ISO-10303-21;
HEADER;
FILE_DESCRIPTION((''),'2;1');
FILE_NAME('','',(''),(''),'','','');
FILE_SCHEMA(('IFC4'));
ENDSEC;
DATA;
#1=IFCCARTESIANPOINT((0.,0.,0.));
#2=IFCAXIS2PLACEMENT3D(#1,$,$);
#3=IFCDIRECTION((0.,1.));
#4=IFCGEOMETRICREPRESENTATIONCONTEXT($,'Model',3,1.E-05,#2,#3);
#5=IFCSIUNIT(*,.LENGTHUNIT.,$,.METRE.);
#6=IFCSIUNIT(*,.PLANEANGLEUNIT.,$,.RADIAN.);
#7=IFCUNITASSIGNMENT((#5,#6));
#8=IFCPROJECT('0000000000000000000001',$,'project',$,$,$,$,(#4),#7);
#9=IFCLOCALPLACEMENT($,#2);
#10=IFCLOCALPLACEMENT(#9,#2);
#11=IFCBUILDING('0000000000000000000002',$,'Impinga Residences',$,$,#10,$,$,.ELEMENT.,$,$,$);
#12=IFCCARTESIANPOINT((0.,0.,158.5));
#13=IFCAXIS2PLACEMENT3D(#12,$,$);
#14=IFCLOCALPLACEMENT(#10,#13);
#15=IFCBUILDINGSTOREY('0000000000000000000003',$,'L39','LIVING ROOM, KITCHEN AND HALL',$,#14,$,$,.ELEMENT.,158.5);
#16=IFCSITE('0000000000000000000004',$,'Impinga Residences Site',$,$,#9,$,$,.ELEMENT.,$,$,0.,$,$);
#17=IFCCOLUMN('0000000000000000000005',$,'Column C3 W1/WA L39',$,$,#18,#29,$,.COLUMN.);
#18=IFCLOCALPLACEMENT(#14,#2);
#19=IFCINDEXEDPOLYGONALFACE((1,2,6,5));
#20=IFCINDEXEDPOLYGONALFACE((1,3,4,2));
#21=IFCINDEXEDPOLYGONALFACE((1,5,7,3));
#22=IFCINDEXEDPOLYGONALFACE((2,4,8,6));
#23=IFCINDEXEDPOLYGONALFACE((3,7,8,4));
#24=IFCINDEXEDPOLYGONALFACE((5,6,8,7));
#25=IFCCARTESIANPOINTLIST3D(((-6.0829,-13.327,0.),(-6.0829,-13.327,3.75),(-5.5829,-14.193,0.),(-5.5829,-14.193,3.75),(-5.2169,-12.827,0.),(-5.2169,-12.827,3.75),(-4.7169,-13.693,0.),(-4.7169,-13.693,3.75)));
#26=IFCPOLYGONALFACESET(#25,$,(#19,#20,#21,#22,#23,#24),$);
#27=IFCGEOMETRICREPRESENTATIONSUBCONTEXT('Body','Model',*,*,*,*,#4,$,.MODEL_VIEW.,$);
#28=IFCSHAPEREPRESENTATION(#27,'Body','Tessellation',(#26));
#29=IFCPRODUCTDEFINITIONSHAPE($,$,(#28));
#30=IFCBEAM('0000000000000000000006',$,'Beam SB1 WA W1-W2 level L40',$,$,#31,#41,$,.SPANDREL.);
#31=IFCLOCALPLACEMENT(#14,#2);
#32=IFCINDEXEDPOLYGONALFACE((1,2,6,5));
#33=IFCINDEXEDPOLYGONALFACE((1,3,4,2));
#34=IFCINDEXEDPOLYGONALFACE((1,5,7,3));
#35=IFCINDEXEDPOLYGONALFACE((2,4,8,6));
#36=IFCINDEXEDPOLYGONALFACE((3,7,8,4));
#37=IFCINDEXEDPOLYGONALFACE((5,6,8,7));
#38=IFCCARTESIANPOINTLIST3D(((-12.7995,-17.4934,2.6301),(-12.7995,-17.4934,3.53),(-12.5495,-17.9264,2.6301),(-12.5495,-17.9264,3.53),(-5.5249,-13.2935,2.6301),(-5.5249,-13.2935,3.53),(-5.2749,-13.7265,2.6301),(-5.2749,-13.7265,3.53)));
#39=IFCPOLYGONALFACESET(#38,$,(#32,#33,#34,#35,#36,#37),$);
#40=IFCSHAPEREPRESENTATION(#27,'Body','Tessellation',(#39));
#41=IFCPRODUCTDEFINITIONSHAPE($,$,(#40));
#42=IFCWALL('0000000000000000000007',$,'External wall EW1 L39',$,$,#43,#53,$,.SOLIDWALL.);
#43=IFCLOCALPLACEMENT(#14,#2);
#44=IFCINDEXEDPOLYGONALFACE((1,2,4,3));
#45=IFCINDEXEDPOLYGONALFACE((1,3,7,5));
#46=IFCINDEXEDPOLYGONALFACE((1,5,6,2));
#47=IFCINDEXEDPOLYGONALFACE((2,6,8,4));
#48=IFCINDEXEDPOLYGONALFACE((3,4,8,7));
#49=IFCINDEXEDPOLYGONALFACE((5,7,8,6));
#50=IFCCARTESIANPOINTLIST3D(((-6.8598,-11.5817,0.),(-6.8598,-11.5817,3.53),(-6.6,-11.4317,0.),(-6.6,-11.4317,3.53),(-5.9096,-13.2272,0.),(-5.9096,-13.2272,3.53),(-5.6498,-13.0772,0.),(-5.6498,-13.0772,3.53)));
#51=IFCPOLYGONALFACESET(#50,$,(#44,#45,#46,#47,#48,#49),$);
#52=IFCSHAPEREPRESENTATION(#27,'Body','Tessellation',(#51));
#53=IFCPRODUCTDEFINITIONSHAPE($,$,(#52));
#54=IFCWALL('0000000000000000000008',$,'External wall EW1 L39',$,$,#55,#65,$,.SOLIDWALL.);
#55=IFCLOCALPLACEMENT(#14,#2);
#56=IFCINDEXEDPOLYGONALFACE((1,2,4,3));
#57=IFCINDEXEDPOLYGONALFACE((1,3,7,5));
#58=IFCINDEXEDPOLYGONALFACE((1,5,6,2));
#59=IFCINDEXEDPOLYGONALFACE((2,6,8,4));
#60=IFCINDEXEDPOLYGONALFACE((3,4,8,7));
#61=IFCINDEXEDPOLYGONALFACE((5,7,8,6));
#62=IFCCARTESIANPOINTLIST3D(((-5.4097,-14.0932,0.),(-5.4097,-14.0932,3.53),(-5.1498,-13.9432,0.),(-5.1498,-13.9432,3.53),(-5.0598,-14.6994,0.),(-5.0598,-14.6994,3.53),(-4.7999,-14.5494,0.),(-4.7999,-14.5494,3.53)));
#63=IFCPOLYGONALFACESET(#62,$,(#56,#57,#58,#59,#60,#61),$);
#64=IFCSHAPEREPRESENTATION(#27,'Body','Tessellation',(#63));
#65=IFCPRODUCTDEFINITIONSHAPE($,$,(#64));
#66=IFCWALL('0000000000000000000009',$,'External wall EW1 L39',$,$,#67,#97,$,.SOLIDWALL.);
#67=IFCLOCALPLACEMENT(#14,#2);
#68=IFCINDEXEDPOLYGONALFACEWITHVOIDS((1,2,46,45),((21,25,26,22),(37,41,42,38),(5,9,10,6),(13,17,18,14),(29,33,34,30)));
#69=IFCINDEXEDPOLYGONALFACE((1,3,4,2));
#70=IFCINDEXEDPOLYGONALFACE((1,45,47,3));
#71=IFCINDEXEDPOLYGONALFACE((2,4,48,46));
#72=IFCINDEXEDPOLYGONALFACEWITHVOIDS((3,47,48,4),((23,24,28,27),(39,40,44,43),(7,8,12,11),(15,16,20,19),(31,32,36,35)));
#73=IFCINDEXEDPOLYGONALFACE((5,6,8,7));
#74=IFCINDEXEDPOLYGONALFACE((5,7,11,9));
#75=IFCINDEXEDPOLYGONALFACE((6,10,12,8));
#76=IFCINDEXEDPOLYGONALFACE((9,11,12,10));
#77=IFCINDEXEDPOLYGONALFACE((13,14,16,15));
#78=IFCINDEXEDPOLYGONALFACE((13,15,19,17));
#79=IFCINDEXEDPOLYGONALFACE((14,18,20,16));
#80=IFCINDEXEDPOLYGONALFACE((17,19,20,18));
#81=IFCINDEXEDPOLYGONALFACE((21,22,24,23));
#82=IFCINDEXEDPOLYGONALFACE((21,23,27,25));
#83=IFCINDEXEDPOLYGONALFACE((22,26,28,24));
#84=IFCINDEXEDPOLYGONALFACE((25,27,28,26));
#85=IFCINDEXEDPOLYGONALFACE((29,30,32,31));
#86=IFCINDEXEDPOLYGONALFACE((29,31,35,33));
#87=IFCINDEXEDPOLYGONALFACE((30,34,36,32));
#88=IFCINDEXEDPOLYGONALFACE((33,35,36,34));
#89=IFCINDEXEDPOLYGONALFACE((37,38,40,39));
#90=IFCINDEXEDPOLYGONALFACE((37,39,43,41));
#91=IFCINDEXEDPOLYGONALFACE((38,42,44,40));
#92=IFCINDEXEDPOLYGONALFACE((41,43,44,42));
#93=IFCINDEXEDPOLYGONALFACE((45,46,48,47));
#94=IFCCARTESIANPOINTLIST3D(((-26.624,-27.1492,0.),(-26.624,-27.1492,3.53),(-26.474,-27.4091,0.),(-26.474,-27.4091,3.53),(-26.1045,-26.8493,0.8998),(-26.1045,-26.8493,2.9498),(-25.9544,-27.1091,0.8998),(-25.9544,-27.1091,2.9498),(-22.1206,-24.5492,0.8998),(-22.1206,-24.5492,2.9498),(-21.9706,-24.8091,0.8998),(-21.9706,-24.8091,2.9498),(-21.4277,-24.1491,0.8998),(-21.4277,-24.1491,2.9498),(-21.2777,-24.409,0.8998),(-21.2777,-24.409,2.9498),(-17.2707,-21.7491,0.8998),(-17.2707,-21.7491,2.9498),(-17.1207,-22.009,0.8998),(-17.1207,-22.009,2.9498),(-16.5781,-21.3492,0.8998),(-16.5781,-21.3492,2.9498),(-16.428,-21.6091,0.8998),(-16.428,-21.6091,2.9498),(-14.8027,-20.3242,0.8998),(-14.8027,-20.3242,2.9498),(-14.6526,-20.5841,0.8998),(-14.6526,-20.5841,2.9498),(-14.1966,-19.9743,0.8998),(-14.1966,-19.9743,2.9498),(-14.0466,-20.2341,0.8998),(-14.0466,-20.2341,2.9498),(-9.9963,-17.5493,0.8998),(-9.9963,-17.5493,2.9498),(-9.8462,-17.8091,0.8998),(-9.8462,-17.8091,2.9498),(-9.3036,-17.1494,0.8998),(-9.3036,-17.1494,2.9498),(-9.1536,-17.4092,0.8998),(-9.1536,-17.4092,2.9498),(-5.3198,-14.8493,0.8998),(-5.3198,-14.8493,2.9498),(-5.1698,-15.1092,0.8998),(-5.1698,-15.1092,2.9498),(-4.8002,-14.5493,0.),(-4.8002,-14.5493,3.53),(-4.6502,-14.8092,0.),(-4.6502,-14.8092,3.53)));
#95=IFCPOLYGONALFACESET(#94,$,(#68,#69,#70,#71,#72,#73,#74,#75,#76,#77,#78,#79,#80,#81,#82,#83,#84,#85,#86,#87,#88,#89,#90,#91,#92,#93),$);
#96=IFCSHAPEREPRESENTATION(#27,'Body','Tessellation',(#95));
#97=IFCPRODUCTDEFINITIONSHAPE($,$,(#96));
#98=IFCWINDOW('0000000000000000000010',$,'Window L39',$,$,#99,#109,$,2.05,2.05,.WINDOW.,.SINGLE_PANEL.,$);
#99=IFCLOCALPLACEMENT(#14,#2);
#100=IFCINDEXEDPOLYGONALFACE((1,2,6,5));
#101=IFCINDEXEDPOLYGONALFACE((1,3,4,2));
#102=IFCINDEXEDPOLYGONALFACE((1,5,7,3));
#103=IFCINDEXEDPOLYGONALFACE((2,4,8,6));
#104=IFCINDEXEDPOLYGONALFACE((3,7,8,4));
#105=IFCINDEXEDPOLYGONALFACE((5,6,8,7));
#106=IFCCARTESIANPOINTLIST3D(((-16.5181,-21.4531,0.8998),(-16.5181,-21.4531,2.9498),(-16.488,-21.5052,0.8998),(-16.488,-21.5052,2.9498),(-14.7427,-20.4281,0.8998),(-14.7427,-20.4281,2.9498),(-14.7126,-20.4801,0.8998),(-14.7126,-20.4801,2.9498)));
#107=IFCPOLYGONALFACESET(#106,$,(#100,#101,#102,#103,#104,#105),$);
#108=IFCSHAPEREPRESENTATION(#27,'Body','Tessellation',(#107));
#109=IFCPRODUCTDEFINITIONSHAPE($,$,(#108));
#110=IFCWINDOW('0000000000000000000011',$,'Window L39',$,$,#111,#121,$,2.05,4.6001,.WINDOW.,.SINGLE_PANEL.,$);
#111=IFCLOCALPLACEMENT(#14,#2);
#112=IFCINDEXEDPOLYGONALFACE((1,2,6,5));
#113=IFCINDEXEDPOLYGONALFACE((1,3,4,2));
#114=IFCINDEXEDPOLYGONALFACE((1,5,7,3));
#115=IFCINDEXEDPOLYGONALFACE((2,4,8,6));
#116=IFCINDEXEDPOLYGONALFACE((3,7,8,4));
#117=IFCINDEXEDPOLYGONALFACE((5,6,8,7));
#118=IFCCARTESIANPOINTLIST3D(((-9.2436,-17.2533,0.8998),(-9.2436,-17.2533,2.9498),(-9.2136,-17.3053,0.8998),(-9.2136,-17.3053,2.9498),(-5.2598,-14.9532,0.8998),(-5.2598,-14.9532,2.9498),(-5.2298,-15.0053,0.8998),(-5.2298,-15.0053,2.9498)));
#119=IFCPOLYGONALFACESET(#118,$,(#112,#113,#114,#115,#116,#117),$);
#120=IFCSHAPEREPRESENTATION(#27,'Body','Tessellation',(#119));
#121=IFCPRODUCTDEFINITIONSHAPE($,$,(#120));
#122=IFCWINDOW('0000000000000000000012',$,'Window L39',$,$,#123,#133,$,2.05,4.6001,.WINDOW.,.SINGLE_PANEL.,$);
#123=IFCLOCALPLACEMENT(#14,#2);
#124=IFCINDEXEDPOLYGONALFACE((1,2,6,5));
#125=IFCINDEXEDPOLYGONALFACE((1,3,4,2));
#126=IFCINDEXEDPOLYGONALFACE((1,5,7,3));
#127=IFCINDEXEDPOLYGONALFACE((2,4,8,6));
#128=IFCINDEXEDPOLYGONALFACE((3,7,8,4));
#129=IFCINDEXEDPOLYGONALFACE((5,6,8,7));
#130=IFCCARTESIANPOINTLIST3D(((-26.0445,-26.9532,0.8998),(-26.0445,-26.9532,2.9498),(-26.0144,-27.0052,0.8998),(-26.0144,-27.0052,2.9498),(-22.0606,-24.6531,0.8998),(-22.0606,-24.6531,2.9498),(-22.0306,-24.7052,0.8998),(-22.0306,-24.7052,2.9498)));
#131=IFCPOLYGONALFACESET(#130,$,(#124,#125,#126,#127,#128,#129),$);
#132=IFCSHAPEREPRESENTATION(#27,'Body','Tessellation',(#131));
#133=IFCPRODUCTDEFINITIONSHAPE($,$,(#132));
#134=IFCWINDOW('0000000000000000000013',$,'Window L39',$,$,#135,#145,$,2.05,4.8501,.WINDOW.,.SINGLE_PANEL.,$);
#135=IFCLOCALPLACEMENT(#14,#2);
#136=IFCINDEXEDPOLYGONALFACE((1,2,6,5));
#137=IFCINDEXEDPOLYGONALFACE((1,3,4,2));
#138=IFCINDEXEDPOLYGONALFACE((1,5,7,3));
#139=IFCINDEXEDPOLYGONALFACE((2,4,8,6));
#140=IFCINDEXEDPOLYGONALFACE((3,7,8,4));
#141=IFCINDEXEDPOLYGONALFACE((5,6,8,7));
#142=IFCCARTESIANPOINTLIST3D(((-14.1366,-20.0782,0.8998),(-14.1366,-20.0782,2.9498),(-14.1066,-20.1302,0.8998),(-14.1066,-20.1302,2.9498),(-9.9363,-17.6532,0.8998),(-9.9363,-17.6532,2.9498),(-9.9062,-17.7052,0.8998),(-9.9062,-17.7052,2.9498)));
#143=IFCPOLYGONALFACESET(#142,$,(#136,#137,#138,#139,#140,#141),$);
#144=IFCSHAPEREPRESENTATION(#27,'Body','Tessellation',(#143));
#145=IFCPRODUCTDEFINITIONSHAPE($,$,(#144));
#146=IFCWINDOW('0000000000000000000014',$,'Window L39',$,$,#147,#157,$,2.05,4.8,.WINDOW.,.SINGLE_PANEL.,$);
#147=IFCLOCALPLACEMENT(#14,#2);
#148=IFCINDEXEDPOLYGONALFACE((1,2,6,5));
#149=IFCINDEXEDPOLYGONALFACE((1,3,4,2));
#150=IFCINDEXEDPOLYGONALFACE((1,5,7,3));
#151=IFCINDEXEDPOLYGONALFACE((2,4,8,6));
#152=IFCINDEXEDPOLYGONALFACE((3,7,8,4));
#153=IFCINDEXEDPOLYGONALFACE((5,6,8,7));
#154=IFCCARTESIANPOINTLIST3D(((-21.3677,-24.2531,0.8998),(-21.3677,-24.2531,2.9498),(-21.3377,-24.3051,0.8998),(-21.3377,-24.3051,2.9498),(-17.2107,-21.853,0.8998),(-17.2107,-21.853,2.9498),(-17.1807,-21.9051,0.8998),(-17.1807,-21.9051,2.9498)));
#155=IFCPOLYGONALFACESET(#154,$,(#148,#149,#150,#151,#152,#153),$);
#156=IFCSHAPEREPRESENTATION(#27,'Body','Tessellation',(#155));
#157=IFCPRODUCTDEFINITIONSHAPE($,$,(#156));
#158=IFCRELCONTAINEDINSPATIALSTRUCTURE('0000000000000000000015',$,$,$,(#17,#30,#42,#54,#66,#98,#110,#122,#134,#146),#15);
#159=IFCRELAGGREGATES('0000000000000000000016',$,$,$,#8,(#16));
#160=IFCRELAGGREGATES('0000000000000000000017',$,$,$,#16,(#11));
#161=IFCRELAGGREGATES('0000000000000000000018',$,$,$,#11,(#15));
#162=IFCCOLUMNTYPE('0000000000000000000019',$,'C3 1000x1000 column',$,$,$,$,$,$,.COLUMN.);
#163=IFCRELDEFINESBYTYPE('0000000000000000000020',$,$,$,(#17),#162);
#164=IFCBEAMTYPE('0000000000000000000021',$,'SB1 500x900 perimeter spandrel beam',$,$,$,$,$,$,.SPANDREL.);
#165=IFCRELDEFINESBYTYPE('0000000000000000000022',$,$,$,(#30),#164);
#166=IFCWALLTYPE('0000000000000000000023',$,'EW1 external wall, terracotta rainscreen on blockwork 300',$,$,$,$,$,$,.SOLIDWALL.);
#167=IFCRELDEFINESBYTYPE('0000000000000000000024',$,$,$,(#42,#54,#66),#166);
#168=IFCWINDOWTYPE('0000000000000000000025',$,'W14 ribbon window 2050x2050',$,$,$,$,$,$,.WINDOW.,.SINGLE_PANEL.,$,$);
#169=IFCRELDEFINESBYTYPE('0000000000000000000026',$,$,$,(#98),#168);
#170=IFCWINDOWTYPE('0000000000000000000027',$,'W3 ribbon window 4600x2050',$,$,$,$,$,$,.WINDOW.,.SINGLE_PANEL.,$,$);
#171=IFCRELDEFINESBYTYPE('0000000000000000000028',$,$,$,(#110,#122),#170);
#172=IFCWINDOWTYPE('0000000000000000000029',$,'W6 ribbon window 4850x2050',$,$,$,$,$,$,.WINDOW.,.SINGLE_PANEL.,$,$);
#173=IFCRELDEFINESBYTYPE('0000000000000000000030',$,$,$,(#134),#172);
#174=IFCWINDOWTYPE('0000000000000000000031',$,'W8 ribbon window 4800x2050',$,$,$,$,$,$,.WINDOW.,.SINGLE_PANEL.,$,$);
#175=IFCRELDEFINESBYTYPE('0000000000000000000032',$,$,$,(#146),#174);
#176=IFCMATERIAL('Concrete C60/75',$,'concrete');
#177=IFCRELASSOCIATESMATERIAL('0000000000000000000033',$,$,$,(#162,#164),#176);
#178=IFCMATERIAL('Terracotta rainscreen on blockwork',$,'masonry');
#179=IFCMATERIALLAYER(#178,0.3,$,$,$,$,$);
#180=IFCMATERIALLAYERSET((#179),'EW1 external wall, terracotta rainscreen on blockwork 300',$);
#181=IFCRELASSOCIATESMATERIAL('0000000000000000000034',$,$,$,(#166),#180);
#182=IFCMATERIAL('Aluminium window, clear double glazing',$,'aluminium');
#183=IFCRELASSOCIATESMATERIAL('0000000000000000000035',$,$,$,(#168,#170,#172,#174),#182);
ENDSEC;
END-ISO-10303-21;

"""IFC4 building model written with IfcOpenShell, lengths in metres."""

from ifc_helpers import new_model, si_unit, direction, frame, frame_2d, origin, origin_2d, place, context, subcontext, project, spatial, rectangle, extrude, material, layer, layer_set, material_profile, profile_set, type_object, element, fill, save


model = new_model("IFC4")

# Units and contexts
model_context = context("Model", 3, precision=1e-05, world=origin(), true_north=direction((0.0, 1.0)))
body_context = subcontext(model_context, "Body", "Model", "MODEL_VIEW")
ifc_project = project(units=[si_unit("LENGTHUNIT", "METRE"), si_unit("PLANEANGLEUNIT", "RADIAN")], contexts=[model_context])

# Site, building, storey
site_placement = place(None, origin())
site = spatial("IfcSite", under=ifc_project, at=site_placement, Name="Impinga Residences Site", CompositionType="ELEMENT", RefElevation=0.0)
building_placement = place(site_placement, origin())
building = spatial("IfcBuilding", under=site, at=building_placement, Name="Impinga Residences", CompositionType="ELEMENT")
storey_placement = place(building_placement, frame((0.0, 0.0, 158.5)))
storey = spatial("IfcBuildingStorey", under=building, at=storey_placement, Name="L39", Description="LIVING ROOM, KITCHEN AND HALL", CompositionType="ELEMENT", Elevation=158.5)

# Column
ifc_material_1 = material(Name="Concrete C60/75", Category="concrete")
ifc_material_profile_1 = material_profile(ifc_material_1, rectangle(XDim=1.0, YDim=1.0, at=origin_2d()), Name="RC 1000x1000")
ifc_profile_set_1 = profile_set([ifc_material_profile_1], Name="Concrete C60/75")
column_type = type_object("IfcColumnType", Name="C3 1000x1000 column", PredefinedType="COLUMN", material=ifc_profile_set_1)
column_placement = place(storey_placement, frame((-5.3999, -13.51, 0.0), z_axis=(0.0, 0.0, 1.0), x_axis=(-0.5, 0.866025, 0.0)))
element("IfcColumn", 1, at=column_placement, inside=storey, type_object=column_type, Name="Column C3 W1/WA L39", PredefinedType="COLUMN", context=body_context, shape_type="SweptSolid", body=[
    extrude(rectangle(XDim=1.0, YDim=1.0, at=origin_2d()), origin(), (0.0, 0.0, 1.0), 3.75),
])

# Beam
ifc_material_profile_2 = material_profile(ifc_material_1, rectangle(XDim=0.5, YDim=0.8999, at=origin_2d()), Name="RC 500x900")
ifc_profile_set_2 = profile_set([ifc_material_profile_2], Name="Concrete C60/75")
beam_type = type_object("IfcBeamType", Name="SB1 500x900 perimeter spandrel beam", PredefinedType="SPANDREL", material=ifc_profile_set_2)
beam_placement = place(storey_placement, frame((-5.3999, -13.51, 3.0801), z_axis=(-0.866029, -0.499993, 0.0), x_axis=(0.499993, -0.866029, 0.0)))
element("IfcBeam", 2, at=beam_placement, inside=storey, type_object=beam_type, Name="Beam SB1 WA W1-W2 level L40", PredefinedType="SPANDREL", context=body_context, shape_type="SweptSolid", body=[
    extrude(rectangle(XDim=0.5, YDim=0.8999, at=origin_2d()), origin(), (0.0, 0.0, 1.0), 8.3999),
])

# Walls
ifc_material_2 = material(Name="Terracotta rainscreen on blockwork", Category="masonry")
ifc_layer_1 = layer(ifc_material_2, 0.3)
ifc_layer_set_1 = layer_set([ifc_layer_1], Name="EW1 external wall, terracotta rainscreen on blockwork 300")
wall_type_1 = type_object("IfcWallType", Name="EW1 external wall, terracotta rainscreen on blockwork 300", PredefinedType="SOLIDWALL", material=ifc_layer_set_1)
wall_1_placement = place(storey_placement, frame((-6.73, -11.5066, 0.0), z_axis=(0.0, 0.0, 1.0), x_axis=(0.500064, -0.865989, 0.0)))
element("IfcWall", 3, at=wall_1_placement, inside=storey, type_object=wall_type_1, Name="External wall EW1 L39", PredefinedType="SOLIDWALL", context=body_context, shape_type="SweptSolid", body=[
    extrude(rectangle(XDim=1.9001, YDim=0.3, at=frame_2d((0.9502, 0.0))), origin(), (0.0, 0.0, 1.0), 3.53),
])
wall_2_placement = place(storey_placement, frame((-5.2798, -14.0181, 0.0), z_axis=(0.0, 0.0, 1.0), x_axis=(0.499853, -0.86611, 0.0)))
element("IfcWall", 4, at=wall_2_placement, inside=storey, type_object=wall_type_1, Name="External wall EW1 L39", PredefinedType="SOLIDWALL", context=body_context, shape_type="SweptSolid", body=[
    extrude(rectangle(XDim=0.7, YDim=0.3, at=frame_2d((0.3501, 0.0))), origin(), (0.0, 0.0, 1.0), 3.53),
])

# Wall, openings, windows
wall_3_placement = place(storey_placement, frame((-4.7251, -14.6792, 0.0), z_axis=(0.0, 0.0, 1.0), x_axis=(-0.866027, -0.499998, 0.0)))
wall_3 = element("IfcWall", 5, at=wall_3_placement, inside=storey, type_object=wall_type_1, Name="External wall EW1 L39", PredefinedType="SOLIDWALL", context=body_context, shape_type="SweptSolid", body=[
    extrude(rectangle(XDim=25.2, YDim=0.3, at=frame_2d((12.6001, 0.0))), origin(), (0.0, 0.0, 1.0), 3.53),
])
opening_1_placement = place(wall_3_placement, frame((0.6001, 0.0, 0.8999)))
opening_1 = element("IfcOpeningElement", 6, at=opening_1_placement, cuts=wall_3, PredefinedType="OPENING", context=body_context, shape_type="SweptSolid", body=[
    extrude(rectangle(XDim=4.6001, YDim=2.05, at=frame_2d((2.3, 1.0249))), frame((0.0, 0.1599, 0.0), z_axis=(0.0, -1.0, 0.0), x_axis=(1.0, 0.0, 0.0)), (0.0, 0.0, 1.0), 0.3201),
])
opening_2_placement = place(wall_3_placement, frame((6.0, 0.0, 0.8999)))
opening_2 = element("IfcOpeningElement", 7, at=opening_2_placement, cuts=wall_3, PredefinedType="OPENING", context=body_context, shape_type="SweptSolid", body=[
    extrude(rectangle(XDim=4.8501, YDim=2.05, at=frame_2d((2.425, 1.0249))), frame((0.0, 0.1599, 0.0), z_axis=(0.0, -1.0, 0.0), x_axis=(1.0, 0.0, 0.0)), (0.0, 0.0, 1.0), 0.3201),
])
opening_3_placement = place(wall_3_placement, frame((11.55, 0.0, 0.8999)))
opening_3 = element("IfcOpeningElement", 8, at=opening_3_placement, cuts=wall_3, PredefinedType="OPENING", context=body_context, shape_type="SweptSolid", body=[
    extrude(rectangle(XDim=2.05, YDim=2.05, at=frame_2d((1.0249, 1.0249))), frame((0.0, 0.1599, 0.0), z_axis=(0.0, -1.0, 0.0), x_axis=(1.0, 0.0, 0.0)), (0.0, 0.0, 1.0), 0.3201),
])
opening_4_placement = place(wall_3_placement, frame((14.3999, 0.0, 0.8999)))
opening_4 = element("IfcOpeningElement", 9, at=opening_4_placement, cuts=wall_3, PredefinedType="OPENING", context=body_context, shape_type="SweptSolid", body=[
    extrude(rectangle(XDim=4.8, YDim=2.05, at=frame_2d((2.3999, 1.0249))), frame((0.0, 0.1599, 0.0), z_axis=(0.0, -1.0, 0.0), x_axis=(1.0, 0.0, 0.0)), (0.0, 0.0, 1.0), 0.3201),
])
opening_5_placement = place(wall_3_placement, frame((20.0, 0.0, 0.8999)))
opening_5 = element("IfcOpeningElement", 10, at=opening_5_placement, cuts=wall_3, PredefinedType="OPENING", context=body_context, shape_type="SweptSolid", body=[
    extrude(rectangle(XDim=4.6001, YDim=2.05, at=frame_2d((2.3, 1.0249))), frame((0.0, 0.1599, 0.0), z_axis=(0.0, -1.0, 0.0), x_axis=(1.0, 0.0, 0.0)), (0.0, 0.0, 1.0), 0.3201),
])
ifc_material_3 = material(Name="Aluminium window, clear double glazing", Category="aluminium")
window_type_1 = type_object("IfcWindowType", Name="W14 ribbon window 2050x2050", PartitioningType="SINGLE_PANEL", PredefinedType="WINDOW", material=ifc_material_3)
window_1_placement = place(opening_3_placement, origin())
window_1 = element("IfcWindow", 11, at=window_1_placement, inside=storey, type_object=window_type_1, Name="Window L39", OverallHeight=2.05, OverallWidth=2.05, PartitioningType="SINGLE_PANEL", PredefinedType="WINDOW", context=body_context, shape_type="SweptSolid", body=[
    extrude(rectangle(XDim=2.05, YDim=2.05, at=frame_2d((1.0249, 1.0249))), frame((0.0, 0.03, 0.0), z_axis=(0.0, -1.0, 0.0), x_axis=(1.0, 0.0, 0.0)), (0.0, 0.0, 1.0), 0.0601),
])
fill(opening_3, window_1)
window_type_2 = type_object("IfcWindowType", Name="W3 ribbon window 4600x2050", PartitioningType="SINGLE_PANEL", PredefinedType="WINDOW", material=ifc_material_3)
window_2_placement = place(opening_1_placement, origin())
window_2 = element("IfcWindow", 12, at=window_2_placement, inside=storey, type_object=window_type_2, Name="Window L39", OverallHeight=2.05, OverallWidth=4.6001, PartitioningType="SINGLE_PANEL", PredefinedType="WINDOW", context=body_context, shape_type="SweptSolid", body=[
    extrude(rectangle(XDim=4.6001, YDim=2.05, at=frame_2d((2.3, 1.0249))), frame((0.0, 0.03, 0.0), z_axis=(0.0, -1.0, 0.0), x_axis=(1.0, 0.0, 0.0)), (0.0, 0.0, 1.0), 0.0601),
])
fill(opening_1, window_2)
window_3_placement = place(opening_5_placement, origin())
window_3 = element("IfcWindow", 13, at=window_3_placement, inside=storey, type_object=window_type_2, Name="Window L39", OverallHeight=2.05, OverallWidth=4.6001, PartitioningType="SINGLE_PANEL", PredefinedType="WINDOW", context=body_context, shape_type="SweptSolid", body=[
    extrude(rectangle(XDim=4.6001, YDim=2.05, at=frame_2d((2.3, 1.0249))), frame((0.0, 0.03, 0.0), z_axis=(0.0, -1.0, 0.0), x_axis=(1.0, 0.0, 0.0)), (0.0, 0.0, 1.0), 0.0601),
])
fill(opening_5, window_3)
window_type_3 = type_object("IfcWindowType", Name="W6 ribbon window 4850x2050", PartitioningType="SINGLE_PANEL", PredefinedType="WINDOW", material=ifc_material_3)
window_4_placement = place(opening_2_placement, origin())
window_4 = element("IfcWindow", 14, at=window_4_placement, inside=storey, type_object=window_type_3, Name="Window L39", OverallHeight=2.05, OverallWidth=4.8501, PartitioningType="SINGLE_PANEL", PredefinedType="WINDOW", context=body_context, shape_type="SweptSolid", body=[
    extrude(rectangle(XDim=4.8501, YDim=2.05, at=frame_2d((2.425, 1.0249))), frame((0.0, 0.03, 0.0), z_axis=(0.0, -1.0, 0.0), x_axis=(1.0, 0.0, 0.0)), (0.0, 0.0, 1.0), 0.0601),
])
fill(opening_2, window_4)
window_type_4 = type_object("IfcWindowType", Name="W8 ribbon window 4800x2050", PartitioningType="SINGLE_PANEL", PredefinedType="WINDOW", material=ifc_material_3)
window_5_placement = place(opening_4_placement, origin())
window_5 = element("IfcWindow", 15, at=window_5_placement, inside=storey, type_object=window_type_4, Name="Window L39", OverallHeight=2.05, OverallWidth=4.8, PartitioningType="SINGLE_PANEL", PredefinedType="WINDOW", context=body_context, shape_type="SweptSolid", body=[
    extrude(rectangle(XDim=4.8, YDim=2.05, at=frame_2d((2.3999, 1.0249))), frame((0.0, 0.03, 0.0), z_axis=(0.0, -1.0, 0.0), x_axis=(1.0, 0.0, 0.0)), (0.0, 0.0, 1.0), 0.0601),
])
fill(opening_4, window_5)

save(model, "model.ifc")
